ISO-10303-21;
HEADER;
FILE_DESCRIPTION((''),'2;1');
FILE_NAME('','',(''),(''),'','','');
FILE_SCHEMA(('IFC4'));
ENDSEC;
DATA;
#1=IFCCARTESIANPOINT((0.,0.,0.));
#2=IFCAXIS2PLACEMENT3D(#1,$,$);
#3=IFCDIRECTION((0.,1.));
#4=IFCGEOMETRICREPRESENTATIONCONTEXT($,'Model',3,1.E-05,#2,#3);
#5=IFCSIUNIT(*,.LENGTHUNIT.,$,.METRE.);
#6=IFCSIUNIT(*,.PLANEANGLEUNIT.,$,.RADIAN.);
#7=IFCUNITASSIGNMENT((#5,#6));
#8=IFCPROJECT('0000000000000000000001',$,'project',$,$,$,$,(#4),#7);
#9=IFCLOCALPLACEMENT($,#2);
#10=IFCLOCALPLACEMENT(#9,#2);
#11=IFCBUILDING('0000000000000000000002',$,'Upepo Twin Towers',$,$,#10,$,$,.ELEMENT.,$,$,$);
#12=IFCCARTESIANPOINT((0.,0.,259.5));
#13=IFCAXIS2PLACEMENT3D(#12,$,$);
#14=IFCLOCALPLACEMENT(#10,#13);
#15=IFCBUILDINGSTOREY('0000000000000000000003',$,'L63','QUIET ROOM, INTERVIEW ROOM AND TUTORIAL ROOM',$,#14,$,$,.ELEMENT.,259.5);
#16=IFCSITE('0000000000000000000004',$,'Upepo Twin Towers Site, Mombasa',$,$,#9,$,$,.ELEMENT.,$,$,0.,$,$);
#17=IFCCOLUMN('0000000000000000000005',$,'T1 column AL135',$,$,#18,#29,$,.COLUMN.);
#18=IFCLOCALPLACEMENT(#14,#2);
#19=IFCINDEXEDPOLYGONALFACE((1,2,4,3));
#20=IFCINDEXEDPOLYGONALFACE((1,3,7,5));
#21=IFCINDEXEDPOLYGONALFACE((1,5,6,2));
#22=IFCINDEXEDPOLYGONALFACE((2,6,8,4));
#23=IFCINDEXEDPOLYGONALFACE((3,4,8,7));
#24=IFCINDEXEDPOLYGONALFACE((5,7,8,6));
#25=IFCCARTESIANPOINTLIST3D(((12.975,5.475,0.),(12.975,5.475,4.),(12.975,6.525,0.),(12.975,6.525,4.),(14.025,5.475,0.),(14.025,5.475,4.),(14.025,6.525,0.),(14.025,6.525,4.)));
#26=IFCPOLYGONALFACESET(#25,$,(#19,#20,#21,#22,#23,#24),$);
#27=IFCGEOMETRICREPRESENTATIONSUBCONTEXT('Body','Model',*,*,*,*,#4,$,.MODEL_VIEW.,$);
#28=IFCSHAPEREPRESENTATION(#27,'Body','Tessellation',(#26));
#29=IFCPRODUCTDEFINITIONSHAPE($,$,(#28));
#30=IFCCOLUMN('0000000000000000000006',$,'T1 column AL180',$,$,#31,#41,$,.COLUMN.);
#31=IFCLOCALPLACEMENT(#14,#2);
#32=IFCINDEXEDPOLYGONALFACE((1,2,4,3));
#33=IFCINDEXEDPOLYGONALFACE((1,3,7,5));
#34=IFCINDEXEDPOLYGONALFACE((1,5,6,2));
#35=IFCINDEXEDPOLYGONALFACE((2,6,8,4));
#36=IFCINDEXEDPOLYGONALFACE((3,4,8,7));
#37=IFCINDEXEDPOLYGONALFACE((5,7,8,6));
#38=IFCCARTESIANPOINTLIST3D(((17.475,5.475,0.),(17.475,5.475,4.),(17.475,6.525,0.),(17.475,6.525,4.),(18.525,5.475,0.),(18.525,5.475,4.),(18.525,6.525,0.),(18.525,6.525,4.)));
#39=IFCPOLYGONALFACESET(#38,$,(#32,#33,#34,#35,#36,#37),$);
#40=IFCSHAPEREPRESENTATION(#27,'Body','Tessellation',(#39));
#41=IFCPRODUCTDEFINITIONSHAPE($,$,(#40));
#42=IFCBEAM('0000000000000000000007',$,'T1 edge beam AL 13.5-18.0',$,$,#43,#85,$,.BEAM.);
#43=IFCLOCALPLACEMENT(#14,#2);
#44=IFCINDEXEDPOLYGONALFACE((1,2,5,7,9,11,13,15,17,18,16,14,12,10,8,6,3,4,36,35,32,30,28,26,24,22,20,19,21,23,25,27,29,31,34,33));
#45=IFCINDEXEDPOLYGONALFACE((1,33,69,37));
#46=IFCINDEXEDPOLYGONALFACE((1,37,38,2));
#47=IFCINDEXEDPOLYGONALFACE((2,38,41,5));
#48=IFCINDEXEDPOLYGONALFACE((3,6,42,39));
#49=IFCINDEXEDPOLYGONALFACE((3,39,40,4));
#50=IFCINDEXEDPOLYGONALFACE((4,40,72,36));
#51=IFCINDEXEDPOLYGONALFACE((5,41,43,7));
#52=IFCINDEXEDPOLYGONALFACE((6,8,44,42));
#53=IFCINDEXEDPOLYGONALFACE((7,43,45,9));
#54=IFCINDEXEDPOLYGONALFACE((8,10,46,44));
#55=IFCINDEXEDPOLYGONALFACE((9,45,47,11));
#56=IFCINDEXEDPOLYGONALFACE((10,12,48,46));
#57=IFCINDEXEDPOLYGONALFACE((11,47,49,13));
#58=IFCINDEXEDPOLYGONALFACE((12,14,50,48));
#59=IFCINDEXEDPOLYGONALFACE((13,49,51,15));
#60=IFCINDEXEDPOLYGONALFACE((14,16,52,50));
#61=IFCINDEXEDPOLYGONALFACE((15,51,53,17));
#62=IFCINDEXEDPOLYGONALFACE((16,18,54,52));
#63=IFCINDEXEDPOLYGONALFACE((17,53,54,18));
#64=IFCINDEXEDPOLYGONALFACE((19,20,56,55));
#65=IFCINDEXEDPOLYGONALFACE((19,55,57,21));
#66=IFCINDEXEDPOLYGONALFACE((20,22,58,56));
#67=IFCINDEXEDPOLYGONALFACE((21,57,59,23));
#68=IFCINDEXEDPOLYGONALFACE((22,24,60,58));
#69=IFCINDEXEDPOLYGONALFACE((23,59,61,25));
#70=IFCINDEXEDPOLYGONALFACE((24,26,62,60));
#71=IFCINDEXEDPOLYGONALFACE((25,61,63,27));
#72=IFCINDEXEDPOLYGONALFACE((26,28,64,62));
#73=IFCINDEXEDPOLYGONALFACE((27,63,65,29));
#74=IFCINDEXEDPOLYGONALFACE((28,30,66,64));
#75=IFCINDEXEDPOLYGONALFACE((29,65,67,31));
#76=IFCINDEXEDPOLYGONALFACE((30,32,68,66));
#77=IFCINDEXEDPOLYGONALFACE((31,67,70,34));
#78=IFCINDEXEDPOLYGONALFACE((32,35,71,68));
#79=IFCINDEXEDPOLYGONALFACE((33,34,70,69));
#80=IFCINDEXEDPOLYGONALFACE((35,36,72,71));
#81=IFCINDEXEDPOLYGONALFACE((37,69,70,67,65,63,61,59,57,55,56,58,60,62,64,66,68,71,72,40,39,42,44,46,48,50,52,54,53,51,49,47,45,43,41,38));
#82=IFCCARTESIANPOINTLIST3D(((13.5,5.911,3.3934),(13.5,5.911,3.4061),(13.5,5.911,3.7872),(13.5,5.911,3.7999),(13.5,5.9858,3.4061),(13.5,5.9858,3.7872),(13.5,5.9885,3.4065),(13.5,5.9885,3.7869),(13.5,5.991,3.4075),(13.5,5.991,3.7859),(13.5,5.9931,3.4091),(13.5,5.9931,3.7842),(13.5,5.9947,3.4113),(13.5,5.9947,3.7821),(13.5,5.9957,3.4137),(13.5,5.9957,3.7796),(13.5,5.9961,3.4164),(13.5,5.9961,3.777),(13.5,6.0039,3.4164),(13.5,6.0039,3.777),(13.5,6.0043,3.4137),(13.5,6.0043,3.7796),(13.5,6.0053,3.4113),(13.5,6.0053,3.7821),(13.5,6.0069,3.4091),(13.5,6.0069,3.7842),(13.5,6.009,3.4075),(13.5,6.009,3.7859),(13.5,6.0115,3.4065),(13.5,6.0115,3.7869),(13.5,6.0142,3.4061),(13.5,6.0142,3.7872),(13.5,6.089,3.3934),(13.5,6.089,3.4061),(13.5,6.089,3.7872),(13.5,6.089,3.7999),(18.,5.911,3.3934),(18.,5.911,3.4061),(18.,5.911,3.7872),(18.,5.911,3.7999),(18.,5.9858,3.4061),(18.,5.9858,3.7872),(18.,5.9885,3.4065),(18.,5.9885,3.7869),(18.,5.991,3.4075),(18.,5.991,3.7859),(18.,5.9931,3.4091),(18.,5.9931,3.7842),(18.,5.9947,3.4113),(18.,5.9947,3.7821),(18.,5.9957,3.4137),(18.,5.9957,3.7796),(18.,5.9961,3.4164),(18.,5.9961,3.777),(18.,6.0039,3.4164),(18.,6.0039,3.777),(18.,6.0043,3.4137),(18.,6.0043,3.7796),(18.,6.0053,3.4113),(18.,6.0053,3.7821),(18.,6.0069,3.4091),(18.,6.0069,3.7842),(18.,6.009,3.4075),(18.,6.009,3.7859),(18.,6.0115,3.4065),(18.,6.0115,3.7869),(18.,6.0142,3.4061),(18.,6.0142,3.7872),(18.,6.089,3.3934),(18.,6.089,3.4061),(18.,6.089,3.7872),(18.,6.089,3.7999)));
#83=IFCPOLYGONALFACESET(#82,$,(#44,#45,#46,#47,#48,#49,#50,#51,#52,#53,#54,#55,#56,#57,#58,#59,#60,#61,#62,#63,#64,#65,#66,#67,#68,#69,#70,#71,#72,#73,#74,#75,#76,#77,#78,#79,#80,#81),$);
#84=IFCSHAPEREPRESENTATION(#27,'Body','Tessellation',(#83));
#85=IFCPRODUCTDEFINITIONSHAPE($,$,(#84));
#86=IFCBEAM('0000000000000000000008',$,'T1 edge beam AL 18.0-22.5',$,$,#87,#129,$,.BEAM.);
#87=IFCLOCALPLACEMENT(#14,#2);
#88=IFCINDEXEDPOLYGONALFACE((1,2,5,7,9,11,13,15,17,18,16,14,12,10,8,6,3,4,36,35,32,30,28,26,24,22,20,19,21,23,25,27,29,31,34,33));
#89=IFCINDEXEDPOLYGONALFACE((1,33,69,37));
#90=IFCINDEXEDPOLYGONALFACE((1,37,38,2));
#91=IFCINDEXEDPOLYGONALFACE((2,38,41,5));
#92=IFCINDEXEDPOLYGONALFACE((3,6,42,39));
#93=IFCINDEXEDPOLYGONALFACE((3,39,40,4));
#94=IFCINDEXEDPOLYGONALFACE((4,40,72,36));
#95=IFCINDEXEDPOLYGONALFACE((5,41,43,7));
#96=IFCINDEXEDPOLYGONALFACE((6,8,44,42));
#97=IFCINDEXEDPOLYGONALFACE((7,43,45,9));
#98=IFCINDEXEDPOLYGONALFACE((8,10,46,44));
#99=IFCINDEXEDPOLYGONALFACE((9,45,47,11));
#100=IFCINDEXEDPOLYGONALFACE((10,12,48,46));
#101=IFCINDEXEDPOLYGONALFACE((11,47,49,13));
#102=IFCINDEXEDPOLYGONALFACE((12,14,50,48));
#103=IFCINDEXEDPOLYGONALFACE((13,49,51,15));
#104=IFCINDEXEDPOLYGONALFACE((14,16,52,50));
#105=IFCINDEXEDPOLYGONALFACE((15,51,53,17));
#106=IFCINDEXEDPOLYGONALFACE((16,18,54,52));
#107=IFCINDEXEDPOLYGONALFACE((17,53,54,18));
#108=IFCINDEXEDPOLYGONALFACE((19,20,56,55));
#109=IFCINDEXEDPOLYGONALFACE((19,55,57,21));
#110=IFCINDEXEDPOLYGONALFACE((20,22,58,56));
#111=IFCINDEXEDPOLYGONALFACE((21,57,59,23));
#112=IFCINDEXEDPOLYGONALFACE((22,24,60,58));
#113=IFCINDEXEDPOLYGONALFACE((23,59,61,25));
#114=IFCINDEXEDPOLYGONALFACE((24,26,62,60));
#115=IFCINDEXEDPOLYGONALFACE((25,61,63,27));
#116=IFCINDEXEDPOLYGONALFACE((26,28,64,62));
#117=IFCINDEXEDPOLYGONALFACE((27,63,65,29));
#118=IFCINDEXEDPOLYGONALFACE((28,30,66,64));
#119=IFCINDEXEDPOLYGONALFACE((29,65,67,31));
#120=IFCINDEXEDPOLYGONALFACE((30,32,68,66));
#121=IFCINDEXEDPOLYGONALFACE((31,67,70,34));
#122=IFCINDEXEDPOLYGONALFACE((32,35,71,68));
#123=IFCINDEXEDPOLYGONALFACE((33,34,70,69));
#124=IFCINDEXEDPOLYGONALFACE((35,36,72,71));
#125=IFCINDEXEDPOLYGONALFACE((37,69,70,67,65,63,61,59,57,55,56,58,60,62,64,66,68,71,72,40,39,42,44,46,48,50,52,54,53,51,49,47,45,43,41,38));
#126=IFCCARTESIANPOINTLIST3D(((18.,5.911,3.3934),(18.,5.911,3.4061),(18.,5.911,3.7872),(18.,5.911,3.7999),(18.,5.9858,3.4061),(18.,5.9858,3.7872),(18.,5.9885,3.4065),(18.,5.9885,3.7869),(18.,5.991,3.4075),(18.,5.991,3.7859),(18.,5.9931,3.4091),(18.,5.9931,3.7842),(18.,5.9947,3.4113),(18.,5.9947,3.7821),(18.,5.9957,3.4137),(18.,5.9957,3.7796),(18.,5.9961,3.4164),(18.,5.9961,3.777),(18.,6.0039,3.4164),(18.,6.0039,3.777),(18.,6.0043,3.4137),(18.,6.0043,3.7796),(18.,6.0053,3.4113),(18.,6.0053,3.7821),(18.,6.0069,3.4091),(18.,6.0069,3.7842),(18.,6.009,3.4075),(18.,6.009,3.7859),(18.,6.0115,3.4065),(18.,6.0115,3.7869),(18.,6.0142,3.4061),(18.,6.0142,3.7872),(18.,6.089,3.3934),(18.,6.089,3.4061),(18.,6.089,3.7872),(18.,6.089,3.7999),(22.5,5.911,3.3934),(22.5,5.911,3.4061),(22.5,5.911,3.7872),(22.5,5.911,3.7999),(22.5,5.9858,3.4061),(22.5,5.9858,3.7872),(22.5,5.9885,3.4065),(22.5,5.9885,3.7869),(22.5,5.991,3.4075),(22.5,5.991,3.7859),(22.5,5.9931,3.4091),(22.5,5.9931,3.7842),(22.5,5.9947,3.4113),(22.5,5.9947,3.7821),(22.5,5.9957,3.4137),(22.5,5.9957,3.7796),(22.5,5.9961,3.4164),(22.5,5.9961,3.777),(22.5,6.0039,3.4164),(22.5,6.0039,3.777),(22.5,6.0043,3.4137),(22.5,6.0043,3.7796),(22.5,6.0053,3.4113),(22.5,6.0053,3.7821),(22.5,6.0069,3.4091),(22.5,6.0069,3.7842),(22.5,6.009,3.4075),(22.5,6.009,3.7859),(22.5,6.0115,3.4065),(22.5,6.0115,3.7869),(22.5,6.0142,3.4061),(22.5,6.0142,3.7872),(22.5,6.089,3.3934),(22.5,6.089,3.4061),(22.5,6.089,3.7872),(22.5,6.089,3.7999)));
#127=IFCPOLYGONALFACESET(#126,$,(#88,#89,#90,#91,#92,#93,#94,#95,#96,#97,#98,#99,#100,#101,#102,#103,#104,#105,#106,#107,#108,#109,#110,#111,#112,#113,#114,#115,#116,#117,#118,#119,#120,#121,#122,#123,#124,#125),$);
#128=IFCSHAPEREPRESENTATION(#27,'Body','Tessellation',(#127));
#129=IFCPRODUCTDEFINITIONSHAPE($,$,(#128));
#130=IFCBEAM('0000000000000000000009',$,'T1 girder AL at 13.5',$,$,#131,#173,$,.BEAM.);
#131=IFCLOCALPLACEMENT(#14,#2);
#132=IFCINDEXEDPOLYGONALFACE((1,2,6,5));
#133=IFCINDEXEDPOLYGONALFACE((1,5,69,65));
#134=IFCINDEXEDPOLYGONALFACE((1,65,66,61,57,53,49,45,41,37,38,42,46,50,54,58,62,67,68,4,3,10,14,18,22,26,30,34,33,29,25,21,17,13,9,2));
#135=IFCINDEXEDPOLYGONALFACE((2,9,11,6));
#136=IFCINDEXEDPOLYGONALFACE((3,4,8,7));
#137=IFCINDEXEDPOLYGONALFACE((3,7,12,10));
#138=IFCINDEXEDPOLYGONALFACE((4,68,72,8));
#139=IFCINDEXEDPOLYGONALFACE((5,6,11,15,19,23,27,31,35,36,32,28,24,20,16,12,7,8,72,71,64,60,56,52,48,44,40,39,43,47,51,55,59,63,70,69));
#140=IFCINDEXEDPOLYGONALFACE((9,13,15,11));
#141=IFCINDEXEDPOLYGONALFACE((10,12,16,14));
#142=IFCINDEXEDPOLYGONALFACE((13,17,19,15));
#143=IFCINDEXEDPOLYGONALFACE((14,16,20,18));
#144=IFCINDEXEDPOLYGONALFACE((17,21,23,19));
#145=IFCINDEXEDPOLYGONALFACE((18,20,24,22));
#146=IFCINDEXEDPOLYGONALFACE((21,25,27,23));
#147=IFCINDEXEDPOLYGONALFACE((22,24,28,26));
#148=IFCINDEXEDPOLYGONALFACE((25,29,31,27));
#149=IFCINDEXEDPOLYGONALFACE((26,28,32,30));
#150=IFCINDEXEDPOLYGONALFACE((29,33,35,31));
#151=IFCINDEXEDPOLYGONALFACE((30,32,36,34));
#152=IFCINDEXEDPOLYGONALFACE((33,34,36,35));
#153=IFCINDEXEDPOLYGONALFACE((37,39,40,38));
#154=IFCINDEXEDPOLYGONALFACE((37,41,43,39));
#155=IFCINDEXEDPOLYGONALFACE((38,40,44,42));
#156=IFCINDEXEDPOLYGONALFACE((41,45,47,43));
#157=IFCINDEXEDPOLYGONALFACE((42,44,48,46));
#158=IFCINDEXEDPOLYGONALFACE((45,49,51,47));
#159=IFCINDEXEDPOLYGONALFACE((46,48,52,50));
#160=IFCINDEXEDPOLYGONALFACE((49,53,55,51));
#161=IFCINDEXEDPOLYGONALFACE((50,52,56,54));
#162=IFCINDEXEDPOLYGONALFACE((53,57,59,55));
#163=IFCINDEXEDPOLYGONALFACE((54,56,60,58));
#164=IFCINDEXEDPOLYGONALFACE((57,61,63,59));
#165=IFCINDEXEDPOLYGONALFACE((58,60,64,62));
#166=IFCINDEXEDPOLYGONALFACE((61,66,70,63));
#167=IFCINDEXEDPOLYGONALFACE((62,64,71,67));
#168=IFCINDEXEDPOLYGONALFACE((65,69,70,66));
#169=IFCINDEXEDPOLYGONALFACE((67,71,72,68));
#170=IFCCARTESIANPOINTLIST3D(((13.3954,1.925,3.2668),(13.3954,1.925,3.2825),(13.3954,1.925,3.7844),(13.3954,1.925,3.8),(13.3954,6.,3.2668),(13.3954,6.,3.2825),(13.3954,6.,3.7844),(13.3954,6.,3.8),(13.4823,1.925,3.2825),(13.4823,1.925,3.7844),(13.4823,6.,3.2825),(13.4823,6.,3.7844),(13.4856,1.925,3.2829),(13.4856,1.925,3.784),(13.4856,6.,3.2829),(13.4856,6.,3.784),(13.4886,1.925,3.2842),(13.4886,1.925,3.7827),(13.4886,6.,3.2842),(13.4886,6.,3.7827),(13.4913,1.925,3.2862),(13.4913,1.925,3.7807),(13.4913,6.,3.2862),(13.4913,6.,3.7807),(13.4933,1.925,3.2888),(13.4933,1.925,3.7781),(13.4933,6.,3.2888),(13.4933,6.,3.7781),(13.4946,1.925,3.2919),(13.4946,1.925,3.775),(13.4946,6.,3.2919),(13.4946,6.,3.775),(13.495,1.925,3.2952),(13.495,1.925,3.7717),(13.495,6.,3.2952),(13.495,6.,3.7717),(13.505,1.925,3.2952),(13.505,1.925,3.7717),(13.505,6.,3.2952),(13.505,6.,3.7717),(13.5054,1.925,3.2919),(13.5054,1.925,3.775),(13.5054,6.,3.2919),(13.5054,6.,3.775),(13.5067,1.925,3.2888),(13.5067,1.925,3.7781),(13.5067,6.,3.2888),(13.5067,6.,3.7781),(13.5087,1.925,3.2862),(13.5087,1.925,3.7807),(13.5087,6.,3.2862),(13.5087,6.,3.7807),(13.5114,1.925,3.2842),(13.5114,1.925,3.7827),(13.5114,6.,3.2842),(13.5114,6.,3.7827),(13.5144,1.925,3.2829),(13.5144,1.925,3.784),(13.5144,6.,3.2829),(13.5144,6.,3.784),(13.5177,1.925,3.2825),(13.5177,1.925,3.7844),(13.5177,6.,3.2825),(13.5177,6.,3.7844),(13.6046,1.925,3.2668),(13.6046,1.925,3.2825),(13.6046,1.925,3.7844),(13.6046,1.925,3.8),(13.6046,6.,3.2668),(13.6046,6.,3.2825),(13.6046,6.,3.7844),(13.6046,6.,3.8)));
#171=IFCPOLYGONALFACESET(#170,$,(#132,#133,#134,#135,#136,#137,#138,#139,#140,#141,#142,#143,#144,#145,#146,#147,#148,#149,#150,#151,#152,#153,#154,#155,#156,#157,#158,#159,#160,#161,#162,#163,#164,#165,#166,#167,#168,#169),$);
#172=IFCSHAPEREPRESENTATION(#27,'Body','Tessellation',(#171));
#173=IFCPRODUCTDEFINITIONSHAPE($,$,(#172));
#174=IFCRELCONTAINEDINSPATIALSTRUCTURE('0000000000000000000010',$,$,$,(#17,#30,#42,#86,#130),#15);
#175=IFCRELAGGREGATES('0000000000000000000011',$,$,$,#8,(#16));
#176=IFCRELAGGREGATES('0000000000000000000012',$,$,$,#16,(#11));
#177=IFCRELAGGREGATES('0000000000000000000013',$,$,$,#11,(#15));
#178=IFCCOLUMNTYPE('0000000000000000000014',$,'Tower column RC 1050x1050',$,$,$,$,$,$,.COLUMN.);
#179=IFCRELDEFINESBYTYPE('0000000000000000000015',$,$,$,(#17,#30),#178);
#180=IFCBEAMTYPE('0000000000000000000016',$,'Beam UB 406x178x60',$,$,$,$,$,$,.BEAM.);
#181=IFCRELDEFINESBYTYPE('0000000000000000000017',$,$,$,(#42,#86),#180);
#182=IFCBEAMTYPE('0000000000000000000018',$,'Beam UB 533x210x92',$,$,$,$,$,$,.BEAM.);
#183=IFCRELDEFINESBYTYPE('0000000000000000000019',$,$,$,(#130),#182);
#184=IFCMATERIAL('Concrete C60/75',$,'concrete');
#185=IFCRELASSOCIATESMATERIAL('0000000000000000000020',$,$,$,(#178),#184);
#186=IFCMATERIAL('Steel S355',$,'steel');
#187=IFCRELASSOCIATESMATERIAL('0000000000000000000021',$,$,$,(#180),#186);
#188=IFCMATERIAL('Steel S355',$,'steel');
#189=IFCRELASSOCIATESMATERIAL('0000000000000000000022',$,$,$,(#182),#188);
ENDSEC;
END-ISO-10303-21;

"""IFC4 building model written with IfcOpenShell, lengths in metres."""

from ifc_helpers import new_model, si_unit, direction, frame, origin, origin_2d, place, context, subcontext, project, spatial, rectangle, i_section, extrude, material, material_profile, profile_set, type_object, element, save


model = new_model("IFC4")

# Units and contexts
model_context = context("Model", 3, precision=1e-05, world=origin(), true_north=direction((0.0, 1.0)))
body_context = subcontext(model_context, "Body", "Model", "MODEL_VIEW")
ifc_project = project(units=[si_unit("LENGTHUNIT", "METRE"), si_unit("PLANEANGLEUNIT", "RADIAN")], contexts=[model_context])

# Site, building, storey
site_placement = place(None, origin())
site = spatial("IfcSite", under=ifc_project, at=site_placement, Name="Upepo Twin Towers Site, Mombasa", CompositionType="ELEMENT", RefElevation=0.0)
building_placement = place(site_placement, origin())
building = spatial("IfcBuilding", under=site, at=building_placement, Name="Upepo Twin Towers", CompositionType="ELEMENT")
storey_placement = place(building_placement, frame((0.0, 0.0, 259.5)))
storey = spatial("IfcBuildingStorey", under=building, at=storey_placement, Name="L63", Description="QUIET ROOM, INTERVIEW ROOM AND TUTORIAL ROOM", CompositionType="ELEMENT", Elevation=259.5)

# Columns
ifc_material_1 = material(Name="Concrete C60/75", Category="concrete")
ifc_material_profile_1 = material_profile(ifc_material_1, rectangle(XDim=1.05, YDim=1.05, at=origin_2d()), Name="RC 1050x1050")
ifc_profile_set_1 = profile_set([ifc_material_profile_1], Name="Concrete C60/75")
column_type = type_object("IfcColumnType", Name="Tower column RC 1050x1050", PredefinedType="COLUMN", material=ifc_profile_set_1)
for number, where, z_axis, x_axis, name in (
    (1, (13.5, 6.0, 0.0), (0.0, 0.0, 1.0), (1.0, 0.0, 0.0), "T1 column AL135"),
    (2, (18.0, 6.0, 0.0), (0.0, 0.0, 1.0), (1.0, 0.0, 0.0), "T1 column AL180"),
):
    element("IfcColumn", number, at=place(storey_placement, frame(where, z_axis=z_axis, x_axis=x_axis)), inside=storey, type_object=column_type, Name=name, PredefinedType="COLUMN", context=body_context, shape_type="SweptSolid", body=[
        extrude(rectangle(XDim=1.05, YDim=1.05, at=origin_2d()), origin(), (0.0, 0.0, 1.0), 4.0),
    ])

# Beams
ifc_material_2 = material(Name="Steel S355", Category="steel")
ifc_material_profile_2 = material_profile(ifc_material_2, i_section(OverallWidth=0.178, OverallDepth=0.4065, WebThickness=0.0078, FlangeThickness=0.0127, FilletRadius=0.0103, at=origin_2d()), Name="UB 406x178x60")
ifc_profile_set_2 = profile_set([ifc_material_profile_2], Name="Steel S355")
beam_type_1 = type_object("IfcBeamType", Name="Beam UB 406x178x60", PredefinedType="BEAM", material=ifc_profile_set_2)
for number, where, z_axis, x_axis, name in (
    (3, (13.5, 6.0, 3.5967), (1.0, 0.0, 0.0), (0.0, 1.0, 0.0), "T1 edge beam AL 13.5-18.0"),
    (4, (18.0, 6.0, 3.5967), (1.0, 0.0, 0.0), (0.0, 1.0, 0.0), "T1 edge beam AL 18.0-22.5"),
):
    element("IfcBeam", number, at=place(storey_placement, frame(where, z_axis=z_axis, x_axis=x_axis)), inside=storey, type_object=beam_type_1, Name=name, PredefinedType="BEAM", context=body_context, shape_type="SweptSolid", body=[
        extrude(i_section(OverallWidth=0.178, OverallDepth=0.4065, WebThickness=0.0078, FlangeThickness=0.0127, FilletRadius=0.0103, at=origin_2d()), origin(), (0.0, 0.0, 1.0), 4.5),
    ])
ifc_material_3 = material(Name="Steel S355", Category="steel")
ifc_material_profile_3 = material_profile(ifc_material_3, i_section(OverallWidth=0.2092, OverallDepth=0.5332, WebThickness=0.01, FlangeThickness=0.0156, FilletRadius=0.0127, at=origin_2d()), Name="UB 533x210x92")
ifc_profile_set_3 = profile_set([ifc_material_profile_3], Name="Steel S355")
beam_type_2 = type_object("IfcBeamType", Name="Beam UB 533x210x92", PredefinedType="BEAM", material=ifc_profile_set_3)
for number, where, z_axis, x_axis, name in (
    (5, (13.5, 6.0, 3.5334), (0.0, -1.0, 0.0), (1.0, 0.0, 0.0), "T1 girder AL at 13.5"),
):
    element("IfcBeam", number, at=place(storey_placement, frame(where, z_axis=z_axis, x_axis=x_axis)), inside=storey, type_object=beam_type_2, Name=name, PredefinedType="BEAM", context=body_context, shape_type="SweptSolid", body=[
        extrude(i_section(OverallWidth=0.2092, OverallDepth=0.5332, WebThickness=0.01, FlangeThickness=0.0156, FilletRadius=0.0127, at=origin_2d()), origin(), (0.0, 0.0, 1.0), 4.075),
    ])

save(model, "model.ifc")
